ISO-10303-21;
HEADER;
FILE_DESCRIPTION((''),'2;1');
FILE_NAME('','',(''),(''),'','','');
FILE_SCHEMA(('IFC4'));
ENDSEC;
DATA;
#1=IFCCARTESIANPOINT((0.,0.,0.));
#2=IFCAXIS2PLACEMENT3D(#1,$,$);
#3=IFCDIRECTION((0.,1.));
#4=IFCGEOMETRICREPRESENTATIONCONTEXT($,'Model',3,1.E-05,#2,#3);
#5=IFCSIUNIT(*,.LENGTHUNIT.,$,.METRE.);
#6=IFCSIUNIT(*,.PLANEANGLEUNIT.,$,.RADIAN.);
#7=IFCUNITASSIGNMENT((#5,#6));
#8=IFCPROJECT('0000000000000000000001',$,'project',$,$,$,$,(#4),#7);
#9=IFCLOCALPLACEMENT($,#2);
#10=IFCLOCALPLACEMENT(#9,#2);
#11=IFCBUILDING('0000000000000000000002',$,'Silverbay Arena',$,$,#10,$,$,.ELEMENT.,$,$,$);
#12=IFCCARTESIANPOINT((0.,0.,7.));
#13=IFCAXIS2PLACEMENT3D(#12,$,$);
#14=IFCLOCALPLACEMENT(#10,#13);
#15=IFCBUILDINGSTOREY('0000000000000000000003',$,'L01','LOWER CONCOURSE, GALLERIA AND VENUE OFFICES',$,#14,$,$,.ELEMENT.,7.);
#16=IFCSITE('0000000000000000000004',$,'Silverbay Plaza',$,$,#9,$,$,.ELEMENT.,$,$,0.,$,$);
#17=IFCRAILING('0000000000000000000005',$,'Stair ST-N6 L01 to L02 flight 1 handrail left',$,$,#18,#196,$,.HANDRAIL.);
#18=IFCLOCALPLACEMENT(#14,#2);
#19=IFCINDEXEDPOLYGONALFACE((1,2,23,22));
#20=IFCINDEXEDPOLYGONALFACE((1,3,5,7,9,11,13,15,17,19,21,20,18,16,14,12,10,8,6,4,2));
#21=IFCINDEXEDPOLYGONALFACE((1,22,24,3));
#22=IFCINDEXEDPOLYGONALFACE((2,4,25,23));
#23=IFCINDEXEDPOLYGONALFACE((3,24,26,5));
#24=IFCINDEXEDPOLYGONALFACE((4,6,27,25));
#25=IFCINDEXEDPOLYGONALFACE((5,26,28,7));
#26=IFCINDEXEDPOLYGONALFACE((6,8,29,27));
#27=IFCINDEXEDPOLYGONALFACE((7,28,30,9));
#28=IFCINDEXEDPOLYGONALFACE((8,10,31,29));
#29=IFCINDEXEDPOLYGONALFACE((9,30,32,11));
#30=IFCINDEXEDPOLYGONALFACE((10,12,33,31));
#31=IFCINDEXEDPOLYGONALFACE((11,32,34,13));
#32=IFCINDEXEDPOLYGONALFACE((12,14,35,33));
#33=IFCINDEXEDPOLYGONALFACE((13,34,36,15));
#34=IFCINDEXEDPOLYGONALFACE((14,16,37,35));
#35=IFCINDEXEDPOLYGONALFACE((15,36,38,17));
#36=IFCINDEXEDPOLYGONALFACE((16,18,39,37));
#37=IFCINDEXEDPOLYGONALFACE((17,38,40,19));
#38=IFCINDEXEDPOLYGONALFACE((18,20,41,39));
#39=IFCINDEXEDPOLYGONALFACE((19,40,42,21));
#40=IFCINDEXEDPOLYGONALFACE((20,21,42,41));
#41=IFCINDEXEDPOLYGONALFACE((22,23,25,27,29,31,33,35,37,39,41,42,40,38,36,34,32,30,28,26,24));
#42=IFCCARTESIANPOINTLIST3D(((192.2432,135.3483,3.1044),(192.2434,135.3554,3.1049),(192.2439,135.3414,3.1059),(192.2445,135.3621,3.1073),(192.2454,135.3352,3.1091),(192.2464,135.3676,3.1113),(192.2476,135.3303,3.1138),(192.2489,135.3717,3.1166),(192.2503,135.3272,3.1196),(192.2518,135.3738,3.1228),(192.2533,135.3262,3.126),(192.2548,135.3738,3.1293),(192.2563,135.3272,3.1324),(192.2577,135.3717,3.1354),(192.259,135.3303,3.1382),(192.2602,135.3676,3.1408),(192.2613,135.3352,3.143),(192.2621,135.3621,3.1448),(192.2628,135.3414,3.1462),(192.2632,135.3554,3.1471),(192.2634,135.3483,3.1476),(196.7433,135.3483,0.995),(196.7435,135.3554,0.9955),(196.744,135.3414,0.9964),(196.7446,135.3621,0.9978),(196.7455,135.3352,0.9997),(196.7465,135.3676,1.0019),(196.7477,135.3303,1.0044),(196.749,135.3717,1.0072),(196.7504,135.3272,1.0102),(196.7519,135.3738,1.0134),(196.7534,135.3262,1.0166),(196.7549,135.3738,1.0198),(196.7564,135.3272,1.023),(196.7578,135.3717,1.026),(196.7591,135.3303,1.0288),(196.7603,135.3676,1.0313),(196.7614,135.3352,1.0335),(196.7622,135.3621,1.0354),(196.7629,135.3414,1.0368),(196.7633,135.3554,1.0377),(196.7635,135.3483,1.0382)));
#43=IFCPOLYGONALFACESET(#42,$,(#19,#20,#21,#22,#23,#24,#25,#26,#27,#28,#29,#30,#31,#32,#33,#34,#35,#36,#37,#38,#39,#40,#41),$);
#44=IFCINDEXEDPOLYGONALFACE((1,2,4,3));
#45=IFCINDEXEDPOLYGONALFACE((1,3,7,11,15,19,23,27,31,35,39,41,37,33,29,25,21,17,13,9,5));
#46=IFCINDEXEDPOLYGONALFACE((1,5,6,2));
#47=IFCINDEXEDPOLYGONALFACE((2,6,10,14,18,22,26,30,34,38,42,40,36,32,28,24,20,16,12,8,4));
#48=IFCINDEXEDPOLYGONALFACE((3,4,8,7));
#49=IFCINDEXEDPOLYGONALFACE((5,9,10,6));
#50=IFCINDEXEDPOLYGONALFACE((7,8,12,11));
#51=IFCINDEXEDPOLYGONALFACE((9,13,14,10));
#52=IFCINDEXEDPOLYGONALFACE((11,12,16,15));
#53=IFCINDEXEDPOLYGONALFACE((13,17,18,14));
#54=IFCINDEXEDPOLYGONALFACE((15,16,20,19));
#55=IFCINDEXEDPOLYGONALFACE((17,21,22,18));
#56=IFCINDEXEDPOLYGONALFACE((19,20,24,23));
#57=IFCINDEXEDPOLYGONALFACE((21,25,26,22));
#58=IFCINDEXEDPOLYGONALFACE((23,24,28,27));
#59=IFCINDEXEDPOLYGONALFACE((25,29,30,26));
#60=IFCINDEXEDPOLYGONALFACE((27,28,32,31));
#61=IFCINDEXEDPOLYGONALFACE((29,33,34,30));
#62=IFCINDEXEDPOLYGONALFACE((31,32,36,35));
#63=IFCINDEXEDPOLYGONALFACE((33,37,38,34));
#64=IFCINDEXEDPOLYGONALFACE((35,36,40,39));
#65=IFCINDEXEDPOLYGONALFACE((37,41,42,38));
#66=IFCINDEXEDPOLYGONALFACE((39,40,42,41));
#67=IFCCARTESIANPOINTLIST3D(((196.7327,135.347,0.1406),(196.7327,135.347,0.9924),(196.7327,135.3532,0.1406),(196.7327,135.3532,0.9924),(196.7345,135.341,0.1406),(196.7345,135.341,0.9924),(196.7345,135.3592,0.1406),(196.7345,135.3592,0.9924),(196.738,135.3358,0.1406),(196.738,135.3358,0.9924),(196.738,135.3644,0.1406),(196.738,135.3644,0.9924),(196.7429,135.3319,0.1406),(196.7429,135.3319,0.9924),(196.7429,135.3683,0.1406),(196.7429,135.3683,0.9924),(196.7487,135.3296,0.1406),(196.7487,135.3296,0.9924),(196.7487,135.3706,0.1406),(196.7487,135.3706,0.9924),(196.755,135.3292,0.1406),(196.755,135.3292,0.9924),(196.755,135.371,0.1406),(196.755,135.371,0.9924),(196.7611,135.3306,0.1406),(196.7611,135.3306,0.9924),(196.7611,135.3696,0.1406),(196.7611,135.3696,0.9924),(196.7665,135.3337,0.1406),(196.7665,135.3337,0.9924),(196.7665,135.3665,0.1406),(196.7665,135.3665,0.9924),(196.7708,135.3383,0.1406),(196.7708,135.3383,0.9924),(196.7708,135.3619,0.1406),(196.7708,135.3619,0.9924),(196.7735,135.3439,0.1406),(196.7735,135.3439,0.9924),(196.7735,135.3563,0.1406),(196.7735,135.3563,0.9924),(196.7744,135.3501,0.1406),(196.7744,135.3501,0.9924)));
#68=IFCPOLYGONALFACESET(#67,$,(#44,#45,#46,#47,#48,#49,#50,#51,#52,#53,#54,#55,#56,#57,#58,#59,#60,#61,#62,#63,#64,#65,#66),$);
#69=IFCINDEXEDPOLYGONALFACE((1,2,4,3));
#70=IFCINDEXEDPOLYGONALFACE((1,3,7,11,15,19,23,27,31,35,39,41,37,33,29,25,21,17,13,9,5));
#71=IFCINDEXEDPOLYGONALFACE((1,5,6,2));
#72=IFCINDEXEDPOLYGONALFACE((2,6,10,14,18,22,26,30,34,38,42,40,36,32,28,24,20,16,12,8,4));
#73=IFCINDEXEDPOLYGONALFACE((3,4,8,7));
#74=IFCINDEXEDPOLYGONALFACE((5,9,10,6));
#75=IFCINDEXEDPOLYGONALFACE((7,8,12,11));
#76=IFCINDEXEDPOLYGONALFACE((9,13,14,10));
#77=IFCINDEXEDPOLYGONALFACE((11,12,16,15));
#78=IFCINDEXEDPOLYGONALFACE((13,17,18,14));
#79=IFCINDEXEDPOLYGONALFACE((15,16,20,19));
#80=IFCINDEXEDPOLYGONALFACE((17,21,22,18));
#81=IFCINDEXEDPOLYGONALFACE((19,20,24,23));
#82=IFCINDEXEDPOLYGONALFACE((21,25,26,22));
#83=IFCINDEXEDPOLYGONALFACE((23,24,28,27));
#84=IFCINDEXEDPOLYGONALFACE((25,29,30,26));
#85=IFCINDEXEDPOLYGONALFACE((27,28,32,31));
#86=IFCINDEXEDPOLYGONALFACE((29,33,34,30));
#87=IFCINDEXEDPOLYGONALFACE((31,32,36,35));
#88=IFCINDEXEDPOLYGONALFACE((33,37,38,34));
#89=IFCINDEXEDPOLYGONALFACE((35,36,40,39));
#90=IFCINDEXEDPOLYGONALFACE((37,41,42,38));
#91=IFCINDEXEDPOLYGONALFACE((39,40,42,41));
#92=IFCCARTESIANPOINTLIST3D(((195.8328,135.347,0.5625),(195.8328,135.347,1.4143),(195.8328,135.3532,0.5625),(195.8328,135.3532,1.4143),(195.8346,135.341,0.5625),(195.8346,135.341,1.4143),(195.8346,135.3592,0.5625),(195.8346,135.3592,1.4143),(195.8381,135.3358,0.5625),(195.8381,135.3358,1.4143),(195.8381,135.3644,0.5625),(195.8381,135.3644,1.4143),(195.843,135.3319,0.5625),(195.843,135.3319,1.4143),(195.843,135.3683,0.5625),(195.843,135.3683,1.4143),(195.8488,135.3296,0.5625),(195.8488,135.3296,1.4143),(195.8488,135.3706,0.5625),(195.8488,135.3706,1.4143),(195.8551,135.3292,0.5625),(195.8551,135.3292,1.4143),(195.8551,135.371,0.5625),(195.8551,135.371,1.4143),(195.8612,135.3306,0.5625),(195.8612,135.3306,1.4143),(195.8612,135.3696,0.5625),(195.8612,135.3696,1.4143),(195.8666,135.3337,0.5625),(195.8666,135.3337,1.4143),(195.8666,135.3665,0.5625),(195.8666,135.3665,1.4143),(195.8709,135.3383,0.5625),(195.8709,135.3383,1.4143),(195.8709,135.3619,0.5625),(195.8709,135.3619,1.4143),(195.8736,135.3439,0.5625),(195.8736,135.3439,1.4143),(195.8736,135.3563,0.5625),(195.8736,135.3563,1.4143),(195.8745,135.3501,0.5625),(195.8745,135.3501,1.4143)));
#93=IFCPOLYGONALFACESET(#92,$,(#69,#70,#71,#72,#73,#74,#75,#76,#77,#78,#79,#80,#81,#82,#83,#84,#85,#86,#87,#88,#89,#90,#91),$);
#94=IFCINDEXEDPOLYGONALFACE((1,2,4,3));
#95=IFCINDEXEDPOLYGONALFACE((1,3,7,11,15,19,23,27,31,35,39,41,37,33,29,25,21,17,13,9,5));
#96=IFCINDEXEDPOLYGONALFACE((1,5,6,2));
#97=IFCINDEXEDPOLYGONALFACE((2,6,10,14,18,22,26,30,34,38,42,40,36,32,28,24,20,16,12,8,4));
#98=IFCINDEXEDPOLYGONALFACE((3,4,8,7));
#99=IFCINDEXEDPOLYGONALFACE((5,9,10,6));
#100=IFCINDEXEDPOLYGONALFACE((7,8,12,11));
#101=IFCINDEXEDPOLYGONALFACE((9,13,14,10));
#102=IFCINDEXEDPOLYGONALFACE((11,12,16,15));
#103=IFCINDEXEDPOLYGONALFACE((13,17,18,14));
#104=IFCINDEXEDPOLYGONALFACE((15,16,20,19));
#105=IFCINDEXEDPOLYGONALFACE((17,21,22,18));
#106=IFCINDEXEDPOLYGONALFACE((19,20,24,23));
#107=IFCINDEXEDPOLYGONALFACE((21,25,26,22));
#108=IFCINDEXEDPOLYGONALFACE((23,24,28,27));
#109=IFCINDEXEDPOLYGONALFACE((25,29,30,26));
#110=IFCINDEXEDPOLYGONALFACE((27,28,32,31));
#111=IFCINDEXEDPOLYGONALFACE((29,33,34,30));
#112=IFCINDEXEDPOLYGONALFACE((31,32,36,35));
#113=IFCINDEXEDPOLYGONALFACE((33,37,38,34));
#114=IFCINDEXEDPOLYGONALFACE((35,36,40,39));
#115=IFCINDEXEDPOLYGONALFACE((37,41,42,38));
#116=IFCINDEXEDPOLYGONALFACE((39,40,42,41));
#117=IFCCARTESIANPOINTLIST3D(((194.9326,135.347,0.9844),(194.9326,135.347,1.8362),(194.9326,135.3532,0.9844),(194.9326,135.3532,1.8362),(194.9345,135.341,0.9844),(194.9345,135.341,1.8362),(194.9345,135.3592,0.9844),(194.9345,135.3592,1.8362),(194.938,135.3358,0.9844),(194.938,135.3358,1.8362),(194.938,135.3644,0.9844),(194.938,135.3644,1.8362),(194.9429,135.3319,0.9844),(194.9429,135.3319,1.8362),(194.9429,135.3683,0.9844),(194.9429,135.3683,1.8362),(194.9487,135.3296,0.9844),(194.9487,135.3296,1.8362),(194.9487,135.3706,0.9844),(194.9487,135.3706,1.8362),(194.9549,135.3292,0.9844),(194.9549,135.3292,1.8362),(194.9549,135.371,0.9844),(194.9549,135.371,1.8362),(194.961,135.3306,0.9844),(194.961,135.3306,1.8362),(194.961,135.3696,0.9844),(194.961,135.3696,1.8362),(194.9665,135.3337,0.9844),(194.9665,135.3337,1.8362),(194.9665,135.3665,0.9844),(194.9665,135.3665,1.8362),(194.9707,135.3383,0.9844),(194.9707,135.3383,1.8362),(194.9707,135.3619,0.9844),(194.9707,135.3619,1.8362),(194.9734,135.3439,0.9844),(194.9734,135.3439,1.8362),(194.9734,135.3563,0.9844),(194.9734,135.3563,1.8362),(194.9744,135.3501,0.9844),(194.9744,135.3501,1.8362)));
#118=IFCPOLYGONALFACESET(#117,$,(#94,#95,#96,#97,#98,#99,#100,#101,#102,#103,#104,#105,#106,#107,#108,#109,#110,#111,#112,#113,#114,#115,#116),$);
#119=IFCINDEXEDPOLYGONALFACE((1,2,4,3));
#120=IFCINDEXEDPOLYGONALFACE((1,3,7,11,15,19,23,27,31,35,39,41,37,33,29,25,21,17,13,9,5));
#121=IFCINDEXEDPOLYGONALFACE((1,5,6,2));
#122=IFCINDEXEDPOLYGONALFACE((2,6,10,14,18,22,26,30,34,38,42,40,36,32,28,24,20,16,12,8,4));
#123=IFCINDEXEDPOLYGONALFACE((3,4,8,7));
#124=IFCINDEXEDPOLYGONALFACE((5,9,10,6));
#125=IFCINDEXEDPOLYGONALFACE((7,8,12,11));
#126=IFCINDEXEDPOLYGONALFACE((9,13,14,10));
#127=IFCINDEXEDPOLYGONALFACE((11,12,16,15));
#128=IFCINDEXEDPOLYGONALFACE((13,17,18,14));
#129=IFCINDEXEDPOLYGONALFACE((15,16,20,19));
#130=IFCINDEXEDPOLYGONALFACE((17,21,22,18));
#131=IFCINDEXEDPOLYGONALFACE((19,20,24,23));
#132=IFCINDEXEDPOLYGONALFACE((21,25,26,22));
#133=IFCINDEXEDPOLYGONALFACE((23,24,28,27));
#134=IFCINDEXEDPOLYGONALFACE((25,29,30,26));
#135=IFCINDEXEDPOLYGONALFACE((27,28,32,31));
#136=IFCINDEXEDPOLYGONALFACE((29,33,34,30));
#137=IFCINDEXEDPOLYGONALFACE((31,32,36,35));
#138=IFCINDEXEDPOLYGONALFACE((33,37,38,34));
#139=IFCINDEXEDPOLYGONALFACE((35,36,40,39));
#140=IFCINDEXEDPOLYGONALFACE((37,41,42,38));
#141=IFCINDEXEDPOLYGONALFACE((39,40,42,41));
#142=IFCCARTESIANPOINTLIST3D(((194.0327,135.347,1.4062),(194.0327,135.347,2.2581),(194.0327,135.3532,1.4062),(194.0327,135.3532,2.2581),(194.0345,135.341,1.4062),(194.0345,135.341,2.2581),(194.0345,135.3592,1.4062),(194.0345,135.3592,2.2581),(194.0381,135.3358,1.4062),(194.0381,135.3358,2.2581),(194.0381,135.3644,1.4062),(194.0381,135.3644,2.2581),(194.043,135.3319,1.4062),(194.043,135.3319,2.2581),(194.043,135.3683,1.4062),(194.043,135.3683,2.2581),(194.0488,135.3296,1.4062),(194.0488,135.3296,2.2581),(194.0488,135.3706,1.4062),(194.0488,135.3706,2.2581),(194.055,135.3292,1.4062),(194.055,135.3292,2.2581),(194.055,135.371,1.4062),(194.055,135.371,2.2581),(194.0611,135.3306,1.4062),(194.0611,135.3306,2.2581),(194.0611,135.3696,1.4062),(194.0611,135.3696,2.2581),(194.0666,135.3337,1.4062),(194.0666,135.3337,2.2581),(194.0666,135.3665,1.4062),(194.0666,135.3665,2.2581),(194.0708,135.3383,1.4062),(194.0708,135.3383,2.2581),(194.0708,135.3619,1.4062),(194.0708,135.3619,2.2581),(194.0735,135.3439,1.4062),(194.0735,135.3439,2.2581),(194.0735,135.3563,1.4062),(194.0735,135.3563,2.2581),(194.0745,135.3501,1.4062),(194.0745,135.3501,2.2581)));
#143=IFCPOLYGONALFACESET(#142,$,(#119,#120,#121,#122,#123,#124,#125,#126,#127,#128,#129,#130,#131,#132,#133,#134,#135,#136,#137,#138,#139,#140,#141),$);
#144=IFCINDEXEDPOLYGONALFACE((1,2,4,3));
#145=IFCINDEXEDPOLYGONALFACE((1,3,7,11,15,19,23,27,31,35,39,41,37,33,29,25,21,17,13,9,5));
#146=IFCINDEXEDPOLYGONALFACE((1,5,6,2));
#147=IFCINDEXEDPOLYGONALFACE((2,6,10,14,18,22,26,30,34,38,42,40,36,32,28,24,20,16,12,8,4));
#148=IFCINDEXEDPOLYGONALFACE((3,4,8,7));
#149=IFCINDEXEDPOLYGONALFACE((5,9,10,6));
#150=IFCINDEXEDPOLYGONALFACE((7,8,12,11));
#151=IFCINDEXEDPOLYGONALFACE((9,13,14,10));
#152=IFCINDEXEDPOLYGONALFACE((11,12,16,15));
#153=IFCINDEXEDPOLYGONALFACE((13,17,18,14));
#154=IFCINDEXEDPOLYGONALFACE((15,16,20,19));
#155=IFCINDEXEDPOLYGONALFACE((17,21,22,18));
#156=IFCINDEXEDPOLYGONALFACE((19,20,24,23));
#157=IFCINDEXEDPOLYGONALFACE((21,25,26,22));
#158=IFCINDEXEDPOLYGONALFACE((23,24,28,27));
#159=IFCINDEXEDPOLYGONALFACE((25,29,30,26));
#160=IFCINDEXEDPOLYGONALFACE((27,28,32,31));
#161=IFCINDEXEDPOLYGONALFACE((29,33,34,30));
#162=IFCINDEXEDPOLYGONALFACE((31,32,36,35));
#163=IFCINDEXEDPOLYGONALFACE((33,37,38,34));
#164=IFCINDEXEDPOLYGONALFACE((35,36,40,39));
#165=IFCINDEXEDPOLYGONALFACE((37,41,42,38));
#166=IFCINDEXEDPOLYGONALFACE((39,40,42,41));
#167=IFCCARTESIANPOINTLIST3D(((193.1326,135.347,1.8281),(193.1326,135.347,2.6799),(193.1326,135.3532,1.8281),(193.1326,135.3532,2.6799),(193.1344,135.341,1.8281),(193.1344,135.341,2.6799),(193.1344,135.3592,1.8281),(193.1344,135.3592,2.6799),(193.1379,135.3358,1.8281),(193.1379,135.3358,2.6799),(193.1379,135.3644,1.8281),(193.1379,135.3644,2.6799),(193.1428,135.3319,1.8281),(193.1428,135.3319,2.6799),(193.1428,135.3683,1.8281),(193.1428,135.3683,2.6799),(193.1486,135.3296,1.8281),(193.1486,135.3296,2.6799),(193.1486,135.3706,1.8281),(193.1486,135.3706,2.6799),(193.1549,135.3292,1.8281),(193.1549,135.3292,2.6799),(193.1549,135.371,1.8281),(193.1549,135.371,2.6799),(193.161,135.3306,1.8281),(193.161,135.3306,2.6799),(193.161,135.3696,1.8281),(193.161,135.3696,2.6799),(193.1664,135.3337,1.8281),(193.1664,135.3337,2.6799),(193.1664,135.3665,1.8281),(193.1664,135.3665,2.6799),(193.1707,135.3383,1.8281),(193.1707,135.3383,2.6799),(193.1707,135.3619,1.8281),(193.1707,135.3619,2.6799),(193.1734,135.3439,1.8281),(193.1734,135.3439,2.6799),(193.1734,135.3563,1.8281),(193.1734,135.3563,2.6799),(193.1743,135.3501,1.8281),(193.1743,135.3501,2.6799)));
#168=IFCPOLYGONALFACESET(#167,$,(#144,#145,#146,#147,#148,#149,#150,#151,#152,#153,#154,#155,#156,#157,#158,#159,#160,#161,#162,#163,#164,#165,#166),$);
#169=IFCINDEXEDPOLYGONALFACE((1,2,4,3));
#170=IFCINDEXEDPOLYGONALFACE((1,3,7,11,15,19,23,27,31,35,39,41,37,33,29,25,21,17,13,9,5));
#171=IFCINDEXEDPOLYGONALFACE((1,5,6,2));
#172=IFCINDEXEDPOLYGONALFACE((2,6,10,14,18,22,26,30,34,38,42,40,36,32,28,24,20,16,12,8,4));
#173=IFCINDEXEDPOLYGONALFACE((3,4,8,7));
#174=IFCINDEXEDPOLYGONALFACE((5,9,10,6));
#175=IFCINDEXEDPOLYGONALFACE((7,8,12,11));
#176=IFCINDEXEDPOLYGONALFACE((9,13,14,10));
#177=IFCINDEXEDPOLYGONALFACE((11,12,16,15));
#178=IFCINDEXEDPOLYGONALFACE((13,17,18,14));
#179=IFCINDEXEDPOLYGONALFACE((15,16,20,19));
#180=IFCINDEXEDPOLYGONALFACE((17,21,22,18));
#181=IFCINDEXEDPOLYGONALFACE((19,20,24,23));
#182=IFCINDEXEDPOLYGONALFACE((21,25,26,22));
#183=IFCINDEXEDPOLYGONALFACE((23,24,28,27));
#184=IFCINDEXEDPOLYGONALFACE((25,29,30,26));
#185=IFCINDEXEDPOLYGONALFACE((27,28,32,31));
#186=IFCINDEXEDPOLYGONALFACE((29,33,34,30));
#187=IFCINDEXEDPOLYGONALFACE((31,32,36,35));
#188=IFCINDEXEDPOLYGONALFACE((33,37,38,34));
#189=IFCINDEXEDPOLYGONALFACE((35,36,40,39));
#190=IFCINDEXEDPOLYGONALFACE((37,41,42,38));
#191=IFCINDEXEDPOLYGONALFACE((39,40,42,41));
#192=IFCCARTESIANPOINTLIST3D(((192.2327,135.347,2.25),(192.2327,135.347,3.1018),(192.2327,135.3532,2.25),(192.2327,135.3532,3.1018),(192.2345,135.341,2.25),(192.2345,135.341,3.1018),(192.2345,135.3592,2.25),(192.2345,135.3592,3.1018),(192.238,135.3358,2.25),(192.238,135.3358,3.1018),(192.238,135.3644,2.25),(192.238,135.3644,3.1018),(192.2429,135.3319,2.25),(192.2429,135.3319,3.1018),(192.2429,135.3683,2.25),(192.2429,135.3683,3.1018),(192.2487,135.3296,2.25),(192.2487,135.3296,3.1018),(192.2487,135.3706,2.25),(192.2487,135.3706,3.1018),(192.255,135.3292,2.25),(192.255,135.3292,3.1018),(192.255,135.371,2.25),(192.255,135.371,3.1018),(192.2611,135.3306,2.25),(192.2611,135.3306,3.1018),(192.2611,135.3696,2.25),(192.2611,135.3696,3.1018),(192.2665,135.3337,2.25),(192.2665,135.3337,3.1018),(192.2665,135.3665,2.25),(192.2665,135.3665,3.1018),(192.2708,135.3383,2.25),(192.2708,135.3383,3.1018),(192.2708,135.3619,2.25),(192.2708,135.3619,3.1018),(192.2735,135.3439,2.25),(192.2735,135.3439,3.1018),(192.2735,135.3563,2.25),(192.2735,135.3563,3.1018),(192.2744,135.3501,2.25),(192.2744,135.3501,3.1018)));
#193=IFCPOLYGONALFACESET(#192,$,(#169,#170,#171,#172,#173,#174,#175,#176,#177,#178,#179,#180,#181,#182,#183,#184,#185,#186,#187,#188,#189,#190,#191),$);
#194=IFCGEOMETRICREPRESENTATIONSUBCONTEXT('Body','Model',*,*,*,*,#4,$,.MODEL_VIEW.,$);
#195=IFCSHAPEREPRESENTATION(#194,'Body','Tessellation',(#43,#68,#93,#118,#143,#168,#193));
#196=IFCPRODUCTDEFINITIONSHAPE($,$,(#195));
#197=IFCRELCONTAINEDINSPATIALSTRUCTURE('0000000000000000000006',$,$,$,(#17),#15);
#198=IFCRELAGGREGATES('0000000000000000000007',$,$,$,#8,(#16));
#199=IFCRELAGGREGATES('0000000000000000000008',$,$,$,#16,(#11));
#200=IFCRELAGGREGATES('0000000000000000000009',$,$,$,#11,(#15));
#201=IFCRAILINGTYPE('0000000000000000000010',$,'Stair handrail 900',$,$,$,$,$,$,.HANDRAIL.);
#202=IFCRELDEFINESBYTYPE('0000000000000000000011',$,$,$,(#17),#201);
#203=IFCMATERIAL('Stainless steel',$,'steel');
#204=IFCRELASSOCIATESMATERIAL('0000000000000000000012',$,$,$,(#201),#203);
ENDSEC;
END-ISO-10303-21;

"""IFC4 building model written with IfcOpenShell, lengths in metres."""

from ifc_helpers import new_model, si_unit, direction, frame, origin, origin_2d, place, context, subcontext, project, spatial, circle, extrude, material, type_object, element, save


model = new_model("IFC4")

# Units and contexts
model_context = context("Model", 3, precision=1e-05, world=origin(), true_north=direction((0.0, 1.0)))
body_context = subcontext(model_context, "Body", "Model", "MODEL_VIEW")
ifc_project = project(units=[si_unit("LENGTHUNIT", "METRE"), si_unit("PLANEANGLEUNIT", "RADIAN")], contexts=[model_context])

# Site, building, storey
site_placement = place(None, origin())
site = spatial("IfcSite", under=ifc_project, at=site_placement, Name="Silverbay Plaza", CompositionType="ELEMENT", RefElevation=0.0)
building_placement = place(site_placement, origin())
building = spatial("IfcBuilding", under=site, at=building_placement, Name="Silverbay Arena", CompositionType="ELEMENT")
storey_placement = place(building_placement, frame((0.0, 0.0, 7.0)))
storey = spatial("IfcBuildingStorey", under=building, at=storey_placement, Name="L01", Description="LOWER CONCOURSE, GALLERIA AND VENUE OFFICES", CompositionType="ELEMENT", Elevation=7.0)

# Railing
ifc_material_1 = material(Name="Stainless steel", Category="steel")
railing_type_1 = type_object("IfcRailingType", Name="Stair handrail 900", PredefinedType="HANDRAIL", material=ifc_material_1)
for number, where, name in (
    (1, (196.7534, 135.3501, 0.1406), "Stair ST-N6 L01 to L02 flight 1 handrail left"),
):
    element("IfcRailing", number, at=place(storey_placement, frame(where)), inside=storey, type_object=railing_type_1, Name=name, PredefinedType="HANDRAIL", context=body_context, shape_type="SweptSolid", body=[
        extrude(circle(Radius=0.0239, at=origin_2d()), frame((0.0, 0.0, 0.876), z_axis=(-0.905459, 0.0, 0.424434), x_axis=(0.0, -1.0, 0.0)), (0.0, 0.0, 1.0), 4.97),
        extrude(circle(Radius=0.021, at=origin_2d()), origin(), (0.0, 0.0, 1.0), 0.8518),
        extrude(circle(Radius=0.021, at=origin_2d()), frame((-0.8999, 0.0, 0.4219)), (0.0, 0.0, 1.0), 0.8518),
        extrude(circle(Radius=0.021, at=origin_2d()), frame((-1.8, 0.0, 0.8438)), (0.0, 0.0, 1.0), 0.8518),
        extrude(circle(Radius=0.021, at=origin_2d()), frame((-2.7, 0.0, 1.2656)), (0.0, 0.0, 1.0), 0.8518),
        extrude(circle(Radius=0.021, at=origin_2d()), frame((-3.6001, 0.0, 1.6875)), (0.0, 0.0, 1.0), 0.8518),
        extrude(circle(Radius=0.021, at=origin_2d()), frame((-4.5, 0.0, 2.1094)), (0.0, 0.0, 1.0), 0.8518),
    ])

save(model, "model.ifc")
